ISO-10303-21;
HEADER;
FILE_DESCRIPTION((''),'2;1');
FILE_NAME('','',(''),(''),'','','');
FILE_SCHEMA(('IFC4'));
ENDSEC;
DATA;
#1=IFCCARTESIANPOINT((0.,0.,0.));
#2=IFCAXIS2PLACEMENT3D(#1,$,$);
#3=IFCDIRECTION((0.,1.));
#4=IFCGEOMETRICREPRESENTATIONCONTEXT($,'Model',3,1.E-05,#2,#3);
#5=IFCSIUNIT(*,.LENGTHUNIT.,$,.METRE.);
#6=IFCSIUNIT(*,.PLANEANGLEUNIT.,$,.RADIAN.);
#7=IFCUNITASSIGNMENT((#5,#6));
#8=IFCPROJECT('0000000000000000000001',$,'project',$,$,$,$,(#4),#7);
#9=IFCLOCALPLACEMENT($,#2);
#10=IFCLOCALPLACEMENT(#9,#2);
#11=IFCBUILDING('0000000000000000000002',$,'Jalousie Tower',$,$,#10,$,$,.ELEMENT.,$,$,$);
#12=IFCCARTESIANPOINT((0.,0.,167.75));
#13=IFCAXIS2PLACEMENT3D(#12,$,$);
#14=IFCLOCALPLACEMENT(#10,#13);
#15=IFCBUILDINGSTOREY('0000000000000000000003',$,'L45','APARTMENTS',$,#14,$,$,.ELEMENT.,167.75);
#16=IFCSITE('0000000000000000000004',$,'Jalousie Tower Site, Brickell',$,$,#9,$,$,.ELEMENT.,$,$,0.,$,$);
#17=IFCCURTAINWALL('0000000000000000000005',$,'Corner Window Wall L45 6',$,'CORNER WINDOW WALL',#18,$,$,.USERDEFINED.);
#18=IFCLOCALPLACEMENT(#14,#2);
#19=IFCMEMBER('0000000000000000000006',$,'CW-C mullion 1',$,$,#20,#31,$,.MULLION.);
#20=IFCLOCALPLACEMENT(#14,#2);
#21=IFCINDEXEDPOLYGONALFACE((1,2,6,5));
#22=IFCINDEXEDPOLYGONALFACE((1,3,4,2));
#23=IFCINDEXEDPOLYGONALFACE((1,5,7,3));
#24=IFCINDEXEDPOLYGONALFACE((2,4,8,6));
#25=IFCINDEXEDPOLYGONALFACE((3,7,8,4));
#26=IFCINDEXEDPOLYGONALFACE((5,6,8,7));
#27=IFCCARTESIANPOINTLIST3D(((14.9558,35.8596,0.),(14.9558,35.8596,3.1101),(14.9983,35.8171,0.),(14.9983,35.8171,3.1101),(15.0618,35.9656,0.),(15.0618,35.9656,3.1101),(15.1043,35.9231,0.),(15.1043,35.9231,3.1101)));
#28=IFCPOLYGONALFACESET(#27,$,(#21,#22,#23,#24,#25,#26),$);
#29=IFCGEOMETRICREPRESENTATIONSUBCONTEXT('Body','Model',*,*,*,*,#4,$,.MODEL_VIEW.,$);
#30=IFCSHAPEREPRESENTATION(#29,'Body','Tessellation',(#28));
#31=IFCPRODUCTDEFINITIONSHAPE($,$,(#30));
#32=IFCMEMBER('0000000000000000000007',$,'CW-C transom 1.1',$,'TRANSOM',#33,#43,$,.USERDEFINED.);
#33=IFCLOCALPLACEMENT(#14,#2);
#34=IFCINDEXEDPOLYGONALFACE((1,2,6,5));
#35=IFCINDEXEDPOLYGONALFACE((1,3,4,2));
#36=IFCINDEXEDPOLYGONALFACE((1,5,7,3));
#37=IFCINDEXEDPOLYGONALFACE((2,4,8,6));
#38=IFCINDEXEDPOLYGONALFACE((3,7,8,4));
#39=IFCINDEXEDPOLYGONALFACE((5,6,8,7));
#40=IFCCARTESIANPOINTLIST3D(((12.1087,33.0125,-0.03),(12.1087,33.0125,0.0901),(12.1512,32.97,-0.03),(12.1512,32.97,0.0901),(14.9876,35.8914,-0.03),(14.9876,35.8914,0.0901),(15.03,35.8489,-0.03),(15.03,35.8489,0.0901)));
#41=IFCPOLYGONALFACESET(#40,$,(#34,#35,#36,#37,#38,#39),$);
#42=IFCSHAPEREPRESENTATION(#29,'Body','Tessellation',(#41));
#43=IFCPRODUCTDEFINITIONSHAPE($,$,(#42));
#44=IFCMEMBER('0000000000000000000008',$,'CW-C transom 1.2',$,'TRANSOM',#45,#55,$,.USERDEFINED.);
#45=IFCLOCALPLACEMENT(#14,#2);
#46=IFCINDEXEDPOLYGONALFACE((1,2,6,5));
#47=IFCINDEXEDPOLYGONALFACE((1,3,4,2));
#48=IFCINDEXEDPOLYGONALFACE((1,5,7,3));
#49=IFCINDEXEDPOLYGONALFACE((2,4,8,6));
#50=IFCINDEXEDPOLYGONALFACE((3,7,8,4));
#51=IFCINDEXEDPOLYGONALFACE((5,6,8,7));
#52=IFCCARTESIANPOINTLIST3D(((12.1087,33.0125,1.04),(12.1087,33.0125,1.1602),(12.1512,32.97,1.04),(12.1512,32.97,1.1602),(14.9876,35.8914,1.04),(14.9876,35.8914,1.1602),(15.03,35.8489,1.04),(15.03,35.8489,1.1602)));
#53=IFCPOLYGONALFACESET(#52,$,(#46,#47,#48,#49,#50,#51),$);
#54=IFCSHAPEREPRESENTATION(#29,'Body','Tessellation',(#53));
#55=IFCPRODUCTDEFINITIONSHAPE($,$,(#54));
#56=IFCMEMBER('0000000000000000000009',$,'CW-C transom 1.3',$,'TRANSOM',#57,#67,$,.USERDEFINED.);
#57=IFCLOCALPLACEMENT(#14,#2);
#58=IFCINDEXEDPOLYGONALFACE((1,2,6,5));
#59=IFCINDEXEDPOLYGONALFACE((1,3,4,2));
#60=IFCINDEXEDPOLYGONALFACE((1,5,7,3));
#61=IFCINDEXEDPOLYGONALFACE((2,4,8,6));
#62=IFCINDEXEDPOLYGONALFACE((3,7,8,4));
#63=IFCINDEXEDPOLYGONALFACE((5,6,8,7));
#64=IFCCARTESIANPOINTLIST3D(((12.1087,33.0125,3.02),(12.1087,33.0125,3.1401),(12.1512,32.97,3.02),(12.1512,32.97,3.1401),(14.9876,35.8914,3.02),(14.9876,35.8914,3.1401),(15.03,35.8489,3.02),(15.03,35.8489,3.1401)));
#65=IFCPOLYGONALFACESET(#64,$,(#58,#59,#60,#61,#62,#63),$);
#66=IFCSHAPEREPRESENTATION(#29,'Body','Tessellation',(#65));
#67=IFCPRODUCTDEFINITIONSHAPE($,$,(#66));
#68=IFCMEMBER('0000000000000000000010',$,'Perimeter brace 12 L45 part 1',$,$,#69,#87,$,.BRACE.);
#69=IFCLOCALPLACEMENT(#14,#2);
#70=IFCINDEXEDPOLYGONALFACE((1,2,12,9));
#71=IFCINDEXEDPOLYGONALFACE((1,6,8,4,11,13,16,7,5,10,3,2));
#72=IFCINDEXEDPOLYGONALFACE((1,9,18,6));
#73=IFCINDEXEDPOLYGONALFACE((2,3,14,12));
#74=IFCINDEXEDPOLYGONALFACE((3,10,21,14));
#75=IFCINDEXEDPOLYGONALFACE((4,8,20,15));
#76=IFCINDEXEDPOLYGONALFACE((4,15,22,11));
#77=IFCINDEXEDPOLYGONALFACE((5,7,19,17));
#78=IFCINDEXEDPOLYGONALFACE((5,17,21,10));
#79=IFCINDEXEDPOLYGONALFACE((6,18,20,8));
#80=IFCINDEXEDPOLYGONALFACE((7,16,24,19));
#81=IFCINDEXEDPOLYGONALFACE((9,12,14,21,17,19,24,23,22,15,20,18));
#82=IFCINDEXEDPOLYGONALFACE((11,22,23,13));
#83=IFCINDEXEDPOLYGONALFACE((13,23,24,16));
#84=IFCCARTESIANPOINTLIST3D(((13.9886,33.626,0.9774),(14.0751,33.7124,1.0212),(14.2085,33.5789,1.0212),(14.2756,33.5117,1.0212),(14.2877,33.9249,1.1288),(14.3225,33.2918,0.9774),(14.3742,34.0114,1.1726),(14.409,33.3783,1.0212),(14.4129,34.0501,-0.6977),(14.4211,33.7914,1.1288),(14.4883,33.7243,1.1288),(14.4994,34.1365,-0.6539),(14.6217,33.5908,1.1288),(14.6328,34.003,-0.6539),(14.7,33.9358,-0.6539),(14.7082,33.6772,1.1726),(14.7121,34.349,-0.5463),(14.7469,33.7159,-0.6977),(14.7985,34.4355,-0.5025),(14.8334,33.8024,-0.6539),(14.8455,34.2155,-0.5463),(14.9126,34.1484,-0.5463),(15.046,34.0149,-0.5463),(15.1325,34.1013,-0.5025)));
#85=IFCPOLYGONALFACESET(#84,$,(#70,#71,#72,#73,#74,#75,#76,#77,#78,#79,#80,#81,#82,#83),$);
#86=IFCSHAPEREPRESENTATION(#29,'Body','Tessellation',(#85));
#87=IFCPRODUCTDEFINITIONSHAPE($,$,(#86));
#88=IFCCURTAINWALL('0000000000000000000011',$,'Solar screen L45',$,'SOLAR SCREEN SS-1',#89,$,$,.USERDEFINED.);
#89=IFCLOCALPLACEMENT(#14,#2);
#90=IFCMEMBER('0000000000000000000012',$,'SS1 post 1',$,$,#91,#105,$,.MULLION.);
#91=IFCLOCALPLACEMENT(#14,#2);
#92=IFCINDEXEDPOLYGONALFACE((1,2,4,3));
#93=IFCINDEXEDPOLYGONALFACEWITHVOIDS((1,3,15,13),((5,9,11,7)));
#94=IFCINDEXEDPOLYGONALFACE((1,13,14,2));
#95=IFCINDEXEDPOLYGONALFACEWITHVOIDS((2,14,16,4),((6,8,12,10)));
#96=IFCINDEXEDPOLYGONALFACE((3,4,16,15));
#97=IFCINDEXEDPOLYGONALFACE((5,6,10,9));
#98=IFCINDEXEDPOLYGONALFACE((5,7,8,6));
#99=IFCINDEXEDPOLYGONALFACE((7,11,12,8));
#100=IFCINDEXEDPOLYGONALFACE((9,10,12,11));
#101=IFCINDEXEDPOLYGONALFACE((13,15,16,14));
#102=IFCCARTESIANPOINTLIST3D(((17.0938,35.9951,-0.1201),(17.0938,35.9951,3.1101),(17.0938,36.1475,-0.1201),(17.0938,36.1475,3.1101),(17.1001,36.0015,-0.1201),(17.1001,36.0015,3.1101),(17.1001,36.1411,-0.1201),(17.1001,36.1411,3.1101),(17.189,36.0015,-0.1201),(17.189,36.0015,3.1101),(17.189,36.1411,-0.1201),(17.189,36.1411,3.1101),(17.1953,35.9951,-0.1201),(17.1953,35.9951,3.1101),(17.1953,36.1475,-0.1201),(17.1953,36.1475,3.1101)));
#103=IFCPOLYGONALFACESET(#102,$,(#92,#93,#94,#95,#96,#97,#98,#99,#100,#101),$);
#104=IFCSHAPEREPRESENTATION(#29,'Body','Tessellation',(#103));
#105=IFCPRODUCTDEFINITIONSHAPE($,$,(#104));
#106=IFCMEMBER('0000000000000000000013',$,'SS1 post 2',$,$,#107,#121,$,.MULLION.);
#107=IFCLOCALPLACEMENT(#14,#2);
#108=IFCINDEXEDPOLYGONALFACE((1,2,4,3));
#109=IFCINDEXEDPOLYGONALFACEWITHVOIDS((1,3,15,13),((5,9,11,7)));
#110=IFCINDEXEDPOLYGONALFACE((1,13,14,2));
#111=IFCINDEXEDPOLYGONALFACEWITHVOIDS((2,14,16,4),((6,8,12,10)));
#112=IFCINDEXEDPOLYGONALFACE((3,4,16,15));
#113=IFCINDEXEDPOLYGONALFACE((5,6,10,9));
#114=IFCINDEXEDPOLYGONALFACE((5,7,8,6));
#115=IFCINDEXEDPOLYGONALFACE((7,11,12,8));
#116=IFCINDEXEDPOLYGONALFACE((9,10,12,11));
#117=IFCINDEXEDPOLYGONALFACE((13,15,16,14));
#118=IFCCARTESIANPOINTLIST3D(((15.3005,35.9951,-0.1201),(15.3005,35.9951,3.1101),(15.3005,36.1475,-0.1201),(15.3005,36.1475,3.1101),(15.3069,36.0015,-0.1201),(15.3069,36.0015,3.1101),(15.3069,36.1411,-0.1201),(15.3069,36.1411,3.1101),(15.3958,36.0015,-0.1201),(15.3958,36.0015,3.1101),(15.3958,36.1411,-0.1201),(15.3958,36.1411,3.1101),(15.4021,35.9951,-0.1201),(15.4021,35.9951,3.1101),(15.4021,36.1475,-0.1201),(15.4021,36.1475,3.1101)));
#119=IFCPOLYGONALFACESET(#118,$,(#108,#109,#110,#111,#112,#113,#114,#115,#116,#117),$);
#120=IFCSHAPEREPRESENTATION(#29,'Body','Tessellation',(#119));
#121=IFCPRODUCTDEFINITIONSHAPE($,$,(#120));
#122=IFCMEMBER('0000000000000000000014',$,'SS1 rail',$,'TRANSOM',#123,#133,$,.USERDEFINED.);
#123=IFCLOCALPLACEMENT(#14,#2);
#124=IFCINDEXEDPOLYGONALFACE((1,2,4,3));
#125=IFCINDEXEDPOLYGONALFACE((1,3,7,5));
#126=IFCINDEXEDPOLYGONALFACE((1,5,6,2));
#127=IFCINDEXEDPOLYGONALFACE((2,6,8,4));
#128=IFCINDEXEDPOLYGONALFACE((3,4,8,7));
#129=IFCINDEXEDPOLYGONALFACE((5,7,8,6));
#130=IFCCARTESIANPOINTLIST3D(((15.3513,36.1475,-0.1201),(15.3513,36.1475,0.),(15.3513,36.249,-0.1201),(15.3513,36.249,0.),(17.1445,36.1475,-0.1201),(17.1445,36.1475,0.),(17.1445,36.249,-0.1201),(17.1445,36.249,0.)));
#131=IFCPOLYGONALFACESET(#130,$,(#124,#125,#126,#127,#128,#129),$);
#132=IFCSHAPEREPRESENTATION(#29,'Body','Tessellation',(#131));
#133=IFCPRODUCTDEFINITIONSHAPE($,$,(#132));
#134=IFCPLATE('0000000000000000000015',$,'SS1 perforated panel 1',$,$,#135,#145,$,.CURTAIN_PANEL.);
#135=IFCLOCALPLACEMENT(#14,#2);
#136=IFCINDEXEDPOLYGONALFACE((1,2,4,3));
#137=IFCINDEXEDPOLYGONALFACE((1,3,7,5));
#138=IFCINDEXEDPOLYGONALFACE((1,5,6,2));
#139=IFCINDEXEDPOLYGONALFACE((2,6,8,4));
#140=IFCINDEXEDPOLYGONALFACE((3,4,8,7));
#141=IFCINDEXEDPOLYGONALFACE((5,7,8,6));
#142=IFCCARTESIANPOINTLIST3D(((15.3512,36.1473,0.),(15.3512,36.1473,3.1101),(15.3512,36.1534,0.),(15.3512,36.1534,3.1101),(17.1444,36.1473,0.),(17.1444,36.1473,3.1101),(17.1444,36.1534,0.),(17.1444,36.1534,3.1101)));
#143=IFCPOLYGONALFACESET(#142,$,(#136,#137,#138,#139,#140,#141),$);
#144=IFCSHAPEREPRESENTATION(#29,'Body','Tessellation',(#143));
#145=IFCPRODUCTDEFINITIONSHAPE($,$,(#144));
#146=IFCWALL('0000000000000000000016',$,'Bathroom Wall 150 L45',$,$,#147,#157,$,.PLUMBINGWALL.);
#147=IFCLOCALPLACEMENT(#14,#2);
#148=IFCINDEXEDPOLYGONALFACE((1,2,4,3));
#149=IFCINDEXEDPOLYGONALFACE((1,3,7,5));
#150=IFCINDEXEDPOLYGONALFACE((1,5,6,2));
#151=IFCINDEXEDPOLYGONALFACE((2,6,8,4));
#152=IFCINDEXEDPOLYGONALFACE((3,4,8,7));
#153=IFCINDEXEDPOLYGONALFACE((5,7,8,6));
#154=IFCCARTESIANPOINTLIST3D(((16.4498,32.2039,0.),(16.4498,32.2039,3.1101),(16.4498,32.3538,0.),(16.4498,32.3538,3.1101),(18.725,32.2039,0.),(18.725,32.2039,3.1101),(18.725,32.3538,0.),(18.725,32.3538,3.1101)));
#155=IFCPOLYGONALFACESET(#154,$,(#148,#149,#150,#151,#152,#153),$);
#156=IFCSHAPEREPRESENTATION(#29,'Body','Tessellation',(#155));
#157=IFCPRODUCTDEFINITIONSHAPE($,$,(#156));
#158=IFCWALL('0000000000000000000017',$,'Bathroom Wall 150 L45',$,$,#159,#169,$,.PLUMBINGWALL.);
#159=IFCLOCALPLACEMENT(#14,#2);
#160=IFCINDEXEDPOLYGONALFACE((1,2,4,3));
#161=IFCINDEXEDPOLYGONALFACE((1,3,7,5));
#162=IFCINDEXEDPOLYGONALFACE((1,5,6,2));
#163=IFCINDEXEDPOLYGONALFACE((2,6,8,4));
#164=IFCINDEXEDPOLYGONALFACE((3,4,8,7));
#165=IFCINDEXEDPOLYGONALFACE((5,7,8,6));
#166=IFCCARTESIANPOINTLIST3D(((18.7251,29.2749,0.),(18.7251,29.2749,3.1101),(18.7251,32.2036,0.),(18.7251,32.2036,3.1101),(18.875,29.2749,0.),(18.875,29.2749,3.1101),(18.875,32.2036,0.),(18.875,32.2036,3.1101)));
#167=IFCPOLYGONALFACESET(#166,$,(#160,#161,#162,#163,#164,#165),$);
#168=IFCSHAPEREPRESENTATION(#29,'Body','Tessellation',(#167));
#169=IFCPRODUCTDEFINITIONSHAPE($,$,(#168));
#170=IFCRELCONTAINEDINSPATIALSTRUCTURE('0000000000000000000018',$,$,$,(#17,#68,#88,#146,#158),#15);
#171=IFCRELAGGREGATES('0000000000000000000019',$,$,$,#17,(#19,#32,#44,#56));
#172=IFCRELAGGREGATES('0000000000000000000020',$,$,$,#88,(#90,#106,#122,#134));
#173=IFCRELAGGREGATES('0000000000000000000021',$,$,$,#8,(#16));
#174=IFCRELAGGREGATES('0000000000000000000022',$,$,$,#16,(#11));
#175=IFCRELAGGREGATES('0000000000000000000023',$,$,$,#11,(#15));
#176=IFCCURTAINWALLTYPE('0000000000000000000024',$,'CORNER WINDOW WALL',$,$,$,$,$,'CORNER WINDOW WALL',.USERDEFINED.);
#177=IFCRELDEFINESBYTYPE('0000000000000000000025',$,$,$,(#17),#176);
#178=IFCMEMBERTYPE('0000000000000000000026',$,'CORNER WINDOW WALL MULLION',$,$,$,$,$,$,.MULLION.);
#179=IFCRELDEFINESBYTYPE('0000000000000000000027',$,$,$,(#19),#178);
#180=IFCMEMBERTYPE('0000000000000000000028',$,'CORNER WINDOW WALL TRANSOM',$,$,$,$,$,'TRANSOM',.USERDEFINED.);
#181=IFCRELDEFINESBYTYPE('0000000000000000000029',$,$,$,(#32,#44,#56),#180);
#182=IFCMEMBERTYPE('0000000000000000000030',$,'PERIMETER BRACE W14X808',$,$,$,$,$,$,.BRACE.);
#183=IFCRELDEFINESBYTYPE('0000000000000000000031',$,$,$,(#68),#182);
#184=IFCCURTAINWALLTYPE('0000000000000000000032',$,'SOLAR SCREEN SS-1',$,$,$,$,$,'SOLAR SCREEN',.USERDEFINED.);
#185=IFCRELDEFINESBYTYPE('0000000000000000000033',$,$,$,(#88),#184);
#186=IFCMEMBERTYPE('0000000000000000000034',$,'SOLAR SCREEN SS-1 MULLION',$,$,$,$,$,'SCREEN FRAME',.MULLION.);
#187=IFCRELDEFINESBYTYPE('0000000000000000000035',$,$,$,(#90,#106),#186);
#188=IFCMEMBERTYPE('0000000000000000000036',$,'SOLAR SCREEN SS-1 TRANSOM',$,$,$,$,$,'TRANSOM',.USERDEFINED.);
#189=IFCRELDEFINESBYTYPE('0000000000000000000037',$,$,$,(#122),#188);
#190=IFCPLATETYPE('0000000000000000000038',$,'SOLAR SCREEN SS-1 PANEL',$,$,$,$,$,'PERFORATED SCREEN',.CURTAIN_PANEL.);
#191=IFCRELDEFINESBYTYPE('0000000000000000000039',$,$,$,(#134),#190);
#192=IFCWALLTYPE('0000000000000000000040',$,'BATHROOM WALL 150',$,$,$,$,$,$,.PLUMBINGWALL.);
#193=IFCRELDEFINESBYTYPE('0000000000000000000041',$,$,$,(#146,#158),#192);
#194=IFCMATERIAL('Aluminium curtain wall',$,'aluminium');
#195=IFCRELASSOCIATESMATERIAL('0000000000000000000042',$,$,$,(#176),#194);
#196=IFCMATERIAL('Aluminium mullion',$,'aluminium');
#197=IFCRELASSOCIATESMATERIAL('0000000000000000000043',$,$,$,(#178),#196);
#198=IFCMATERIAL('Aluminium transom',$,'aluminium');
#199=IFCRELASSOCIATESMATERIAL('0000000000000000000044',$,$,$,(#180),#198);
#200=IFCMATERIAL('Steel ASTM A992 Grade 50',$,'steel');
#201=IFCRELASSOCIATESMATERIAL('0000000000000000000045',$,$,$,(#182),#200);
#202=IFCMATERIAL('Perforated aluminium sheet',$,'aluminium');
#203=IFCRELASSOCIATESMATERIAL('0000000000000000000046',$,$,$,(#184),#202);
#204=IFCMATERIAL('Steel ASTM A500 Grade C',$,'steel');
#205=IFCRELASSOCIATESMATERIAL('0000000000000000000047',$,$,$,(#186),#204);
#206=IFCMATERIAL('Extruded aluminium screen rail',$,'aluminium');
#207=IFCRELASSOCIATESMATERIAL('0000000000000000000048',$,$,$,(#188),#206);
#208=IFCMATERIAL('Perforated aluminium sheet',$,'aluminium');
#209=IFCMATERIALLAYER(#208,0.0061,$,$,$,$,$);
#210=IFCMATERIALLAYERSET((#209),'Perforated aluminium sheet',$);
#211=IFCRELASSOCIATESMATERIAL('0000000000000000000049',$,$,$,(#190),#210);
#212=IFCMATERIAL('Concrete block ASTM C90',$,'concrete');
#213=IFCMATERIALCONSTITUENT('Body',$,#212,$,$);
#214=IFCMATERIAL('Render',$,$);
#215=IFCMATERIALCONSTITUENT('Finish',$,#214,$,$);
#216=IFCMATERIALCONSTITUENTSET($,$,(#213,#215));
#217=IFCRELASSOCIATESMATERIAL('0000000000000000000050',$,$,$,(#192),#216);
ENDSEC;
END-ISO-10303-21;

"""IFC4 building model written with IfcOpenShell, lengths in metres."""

from ifc_helpers import new_model, si_unit, direction, frame, frame_2d, origin, origin_2d, place, context, subcontext, project, spatial, rectangle, hollow_rectangle, i_section, extrude, material, layer, layer_set, constituent, constituent_set, material_profile, profile_set, type_object, element, aggregate, save


model = new_model("IFC4")

# Units and contexts
model_context = context("Model", 3, precision=1e-05, world=origin(), true_north=direction((0.0, 1.0)))
body_context = subcontext(model_context, "Body", "Model", "MODEL_VIEW")
ifc_project = project(units=[si_unit("LENGTHUNIT", "METRE"), si_unit("PLANEANGLEUNIT", "RADIAN")], contexts=[model_context])

# Site, building, storey
site_placement = place(None, origin())
site = spatial("IfcSite", under=ifc_project, at=site_placement, Name="Jalousie Tower Site, Brickell", CompositionType="ELEMENT", RefElevation=0.0)
building_placement = place(site_placement, origin())
building = spatial("IfcBuilding", under=site, at=building_placement, Name="Jalousie Tower", CompositionType="ELEMENT")
storey_placement = place(building_placement, frame((0.0, 0.0, 167.75)))
storey = spatial("IfcBuildingStorey", under=building, at=storey_placement, Name="L45", Description="APARTMENTS", CompositionType="ELEMENT", Elevation=167.75)

# Curtain wall, members
ifc_material_1 = material(Name="Aluminium curtain wall", Category="aluminium")
curtain_wall_type_1 = type_object("IfcCurtainWallType", Name="CORNER WINDOW WALL", ElementType="CORNER WINDOW WALL", PredefinedType="USERDEFINED", material=ifc_material_1)
curtain_wall_1_placement = place(storey_placement, origin())
curtain_wall_1 = element("IfcCurtainWall", 1, at=curtain_wall_1_placement, inside=storey, type_object=curtain_wall_type_1, Name="Corner Window Wall L45 6", ObjectType="CORNER WINDOW WALL", PredefinedType="USERDEFINED")
ifc_material_2 = material(Name="Aluminium mullion", Category="aluminium")
ifc_material_profile_1 = material_profile(ifc_material_2, rectangle(XDim=0.0601, YDim=0.1499, at=origin_2d()), Name="MULLION 60x150")
ifc_profile_set_1 = profile_set([ifc_material_profile_1], Name="Aluminium mullion")
member_type_1 = type_object("IfcMemberType", Name="CORNER WINDOW WALL MULLION", PredefinedType="MULLION", material=ifc_profile_set_1)
member_1_placement = place(storey_placement, frame((15.03, 35.8914, 0.0), z_axis=(0.0, 0.0, 1.0), x_axis=(0.707107, -0.707107, 0.0)))
member_1 = element("IfcMember", 2, at=member_1_placement, type_object=member_type_1, Name="CW-C mullion 1", PredefinedType="MULLION", context=body_context, shape_type="SweptSolid", body=[
    extrude(rectangle(XDim=0.0601, YDim=0.1499, at=origin_2d()), origin(), (0.0, 0.0, 1.0), 3.1101),
])
ifc_material_3 = material(Name="Aluminium transom", Category="aluminium")
ifc_material_profile_2 = material_profile(ifc_material_3, rectangle(XDim=0.0601, YDim=0.1201, at=origin_2d()), Name="TRANSOM 60x120")
ifc_profile_set_2 = profile_set([ifc_material_profile_2], Name="Aluminium transom")
member_type_2 = type_object("IfcMemberType", Name="CORNER WINDOW WALL TRANSOM", ElementType="TRANSOM", PredefinedType="USERDEFINED", material=ifc_profile_set_2)
member_2_placement = place(storey_placement, frame((15.0088, 35.8701, 0.03), z_axis=(-0.707107, -0.707107, 0.0), x_axis=(0.707107, -0.707107, 0.0)))
member_2 = element("IfcMember", 3, at=member_2_placement, type_object=member_type_2, Name="CW-C transom 1.1", ObjectType="TRANSOM", PredefinedType="USERDEFINED", context=body_context, shape_type="SweptSolid", body=[
    extrude(rectangle(XDim=0.0601, YDim=0.1201, at=origin_2d()), origin(), (0.0, 0.0, 1.0), 4.0713),
])
member_3_placement = place(storey_placement, frame((15.0088, 35.8701, 1.1001), z_axis=(-0.707107, -0.707107, 0.0), x_axis=(0.707107, -0.707107, 0.0)))
member_3 = element("IfcMember", 4, at=member_3_placement, type_object=member_type_2, Name="CW-C transom 1.2", ObjectType="TRANSOM", PredefinedType="USERDEFINED", context=body_context, shape_type="SweptSolid", body=[
    extrude(rectangle(XDim=0.0601, YDim=0.1201, at=origin_2d()), origin(), (0.0, 0.0, 1.0), 4.0713),
])
member_4_placement = place(storey_placement, frame((15.0088, 35.8701, 3.0801), z_axis=(-0.707107, -0.707107, 0.0), x_axis=(0.707107, -0.707107, 0.0)))
member_4 = element("IfcMember", 5, at=member_4_placement, type_object=member_type_2, Name="CW-C transom 1.3", ObjectType="TRANSOM", PredefinedType="USERDEFINED", context=body_context, shape_type="SweptSolid", body=[
    extrude(rectangle(XDim=0.0601, YDim=0.1201, at=origin_2d()), origin(), (0.0, 0.0, 1.0), 4.0713),
])
aggregate(curtain_wall_1, [member_1, member_2, member_3, member_4])

# Member
ifc_material_4 = material(Name="Steel ASTM A992 Grade 50", Category="steel")
ifc_material_profile_3 = material_profile(ifc_material_4, i_section(OverallWidth=0.4724, OverallDepth=0.5791, WebThickness=0.095, FlangeThickness=0.1299, at=origin_2d()), Name="W14X808")
ifc_profile_set_3 = profile_set([ifc_material_profile_3], Name="Steel ASTM A992 Grade 50")
member_type_3 = type_object("IfcMemberType", Name="PERIMETER BRACE W14X808", PredefinedType="BRACE", material=ifc_profile_set_3)
member_5_placement = place(storey_placement, frame((14.7727, 34.0757, -0.6001), z_axis=(-0.238483, -0.238346, 0.941444), x_axis=(0.706903, -0.70731, 0.0)))
element("IfcMember", 6, at=member_5_placement, inside=storey, type_object=member_type_3, Name="Perimeter brace 12 L45 part 1", PredefinedType="BRACE", context=body_context, shape_type="SweptSolid", body=[
    extrude(i_section(OverallWidth=0.4724, OverallDepth=0.5791, WebThickness=0.095, FlangeThickness=0.1299, at=origin_2d()), origin(), (0.0, 0.0, 1.0), 1.7793),
])

# Curtain wall, members, plate
ifc_material_5 = material(Name="Perforated aluminium sheet", Category="aluminium")
curtain_wall_type_2 = type_object("IfcCurtainWallType", Name="SOLAR SCREEN SS-1", ElementType="SOLAR SCREEN", PredefinedType="USERDEFINED", material=ifc_material_5)
curtain_wall_2_placement = place(storey_placement, origin())
curtain_wall_2 = element("IfcCurtainWall", 7, at=curtain_wall_2_placement, inside=storey, type_object=curtain_wall_type_2, Name="Solar screen L45", ObjectType="SOLAR SCREEN SS-1", PredefinedType="USERDEFINED")
ifc_material_6 = material(Name="Steel ASTM A500 Grade C", Category="steel")
ifc_material_profile_4 = material_profile(ifc_material_6, hollow_rectangle(XDim=0.1016, YDim=0.1523, WallThickness=0.0063, at=origin_2d()), Name="HSS6X4X1/4")
ifc_profile_set_4 = profile_set([ifc_material_profile_4], Name="Steel ASTM A500 Grade C")
member_type_4 = type_object("IfcMemberType", Name="SOLAR SCREEN SS-1 MULLION", ElementType="SCREEN FRAME", PredefinedType="MULLION", material=ifc_profile_set_4)
member_6_placement = place(storey_placement, frame((17.1445, 36.0713, -0.1201), z_axis=(0.0, 0.0, 1.0), x_axis=(-1.0, 0.0, 0.0)))
member_6 = element("IfcMember", 8, at=member_6_placement, type_object=member_type_4, Name="SS1 post 1", PredefinedType="MULLION", context=body_context, shape_type="SweptSolid", body=[
    extrude(hollow_rectangle(XDim=0.1016, YDim=0.1523, WallThickness=0.0063, at=origin_2d()), origin(), (0.0, 0.0, 1.0), 3.2302),
])
member_7_placement = place(storey_placement, frame((15.3513, 36.0713, -0.1201), z_axis=(0.0, 0.0, 1.0), x_axis=(-1.0, 0.0, 0.0)))
member_7 = element("IfcMember", 9, at=member_7_placement, type_object=member_type_4, Name="SS1 post 2", PredefinedType="MULLION", context=body_context, shape_type="SweptSolid", body=[
    extrude(hollow_rectangle(XDim=0.1016, YDim=0.1523, WallThickness=0.0063, at=origin_2d()), origin(), (0.0, 0.0, 1.0), 3.2302),
])
ifc_material_7 = material(Name="Extruded aluminium screen rail", Category="aluminium")
ifc_material_profile_5 = material_profile(ifc_material_7, rectangle(XDim=0.1016, YDim=0.1201, at=origin_2d()), Name="RAIL 102x120")
ifc_profile_set_5 = profile_set([ifc_material_profile_5], Name="Extruded aluminium screen rail")
member_type_5 = type_object("IfcMemberType", Name="SOLAR SCREEN SS-1 TRANSOM", ElementType="TRANSOM", PredefinedType="USERDEFINED", material=ifc_profile_set_5)
member_8_placement = place(storey_placement, frame((17.1445, 36.1982, -0.0601), z_axis=(-1.0, 0.0, 0.0), x_axis=(0.0, -1.0, 0.0)))
member_8 = element("IfcMember", 10, at=member_8_placement, type_object=member_type_5, Name="SS1 rail", ObjectType="TRANSOM", PredefinedType="USERDEFINED", context=body_context, shape_type="SweptSolid", body=[
    extrude(rectangle(XDim=0.1016, YDim=0.1201, at=origin_2d()), origin(), (0.0, 0.0, 1.0), 1.7932),
])
ifc_material_8 = material(Name="Perforated aluminium sheet", Category="aluminium")
ifc_layer = layer(ifc_material_8, 0.0061)
ifc_layer_set = layer_set([ifc_layer], Name="Perforated aluminium sheet")
plate_type = type_object("IfcPlateType", Name="SOLAR SCREEN SS-1 PANEL", ElementType="PERFORATED SCREEN", PredefinedType="CURTAIN_PANEL", material=ifc_layer_set)
plate_placement = place(storey_placement, frame((16.2478, 36.1504, 0.0), z_axis=(0.0, 0.0, 1.0), x_axis=(-1.0, 0.0, 0.0)))
plate = element("IfcPlate", 11, at=plate_placement, type_object=plate_type, Name="SS1 perforated panel 1", PredefinedType="CURTAIN_PANEL", context=body_context, shape_type="SweptSolid", body=[
    extrude(rectangle(XDim=1.7932, YDim=0.0061, at=origin_2d()), origin(), (0.0, 0.0, 1.0), 3.1101),
])
aggregate(curtain_wall_2, [member_6, member_7, member_8, plate])

# Walls
ifc_material_9 = material(Name="Concrete block ASTM C90", Category="concrete")
ifc_constituent_1 = constituent(ifc_material_9, Name="Body")
ifc_material_10 = material(Name="Render")
ifc_constituent_2 = constituent(ifc_material_10, Name="Finish")
ifc_constituent_set_1 = constituent_set(constituents=[ifc_constituent_1, ifc_constituent_2])
wall_type_1 = type_object("IfcWallType", Name="BATHROOM WALL 150", PredefinedType="PLUMBINGWALL", material=ifc_constituent_set_1)
wall_1_placement = place(storey_placement, frame((18.7251, 32.2788, 0.0), z_axis=(0.0, 0.0, 1.0), x_axis=(-1.0, 0.0, 0.0)))
element("IfcWall", 12, at=wall_1_placement, inside=storey, type_object=wall_type_1, Name="Bathroom Wall 150 L45", PredefinedType="PLUMBINGWALL", context=body_context, shape_type="SweptSolid", body=[
    extrude(rectangle(XDim=2.2751, YDim=0.1499, at=frame_2d((1.1377, 0.0))), origin(), (0.0, 0.0, 1.0), 3.1101),
])
wall_2_placement = place(storey_placement, frame((18.8, 32.2036, 0.0), z_axis=(0.0, 0.0, 1.0), x_axis=(0.0, -1.0, 0.0)))
element("IfcWall", 13, at=wall_2_placement, inside=storey, type_object=wall_type_1, Name="Bathroom Wall 150 L45", PredefinedType="PLUMBINGWALL", context=body_context, shape_type="SweptSolid", body=[
    extrude(rectangle(XDim=2.9287, YDim=0.1499, at=frame_2d((1.4644, 0.0))), origin(), (0.0, 0.0, 1.0), 3.1101),
])

save(model, "model.ifc")
